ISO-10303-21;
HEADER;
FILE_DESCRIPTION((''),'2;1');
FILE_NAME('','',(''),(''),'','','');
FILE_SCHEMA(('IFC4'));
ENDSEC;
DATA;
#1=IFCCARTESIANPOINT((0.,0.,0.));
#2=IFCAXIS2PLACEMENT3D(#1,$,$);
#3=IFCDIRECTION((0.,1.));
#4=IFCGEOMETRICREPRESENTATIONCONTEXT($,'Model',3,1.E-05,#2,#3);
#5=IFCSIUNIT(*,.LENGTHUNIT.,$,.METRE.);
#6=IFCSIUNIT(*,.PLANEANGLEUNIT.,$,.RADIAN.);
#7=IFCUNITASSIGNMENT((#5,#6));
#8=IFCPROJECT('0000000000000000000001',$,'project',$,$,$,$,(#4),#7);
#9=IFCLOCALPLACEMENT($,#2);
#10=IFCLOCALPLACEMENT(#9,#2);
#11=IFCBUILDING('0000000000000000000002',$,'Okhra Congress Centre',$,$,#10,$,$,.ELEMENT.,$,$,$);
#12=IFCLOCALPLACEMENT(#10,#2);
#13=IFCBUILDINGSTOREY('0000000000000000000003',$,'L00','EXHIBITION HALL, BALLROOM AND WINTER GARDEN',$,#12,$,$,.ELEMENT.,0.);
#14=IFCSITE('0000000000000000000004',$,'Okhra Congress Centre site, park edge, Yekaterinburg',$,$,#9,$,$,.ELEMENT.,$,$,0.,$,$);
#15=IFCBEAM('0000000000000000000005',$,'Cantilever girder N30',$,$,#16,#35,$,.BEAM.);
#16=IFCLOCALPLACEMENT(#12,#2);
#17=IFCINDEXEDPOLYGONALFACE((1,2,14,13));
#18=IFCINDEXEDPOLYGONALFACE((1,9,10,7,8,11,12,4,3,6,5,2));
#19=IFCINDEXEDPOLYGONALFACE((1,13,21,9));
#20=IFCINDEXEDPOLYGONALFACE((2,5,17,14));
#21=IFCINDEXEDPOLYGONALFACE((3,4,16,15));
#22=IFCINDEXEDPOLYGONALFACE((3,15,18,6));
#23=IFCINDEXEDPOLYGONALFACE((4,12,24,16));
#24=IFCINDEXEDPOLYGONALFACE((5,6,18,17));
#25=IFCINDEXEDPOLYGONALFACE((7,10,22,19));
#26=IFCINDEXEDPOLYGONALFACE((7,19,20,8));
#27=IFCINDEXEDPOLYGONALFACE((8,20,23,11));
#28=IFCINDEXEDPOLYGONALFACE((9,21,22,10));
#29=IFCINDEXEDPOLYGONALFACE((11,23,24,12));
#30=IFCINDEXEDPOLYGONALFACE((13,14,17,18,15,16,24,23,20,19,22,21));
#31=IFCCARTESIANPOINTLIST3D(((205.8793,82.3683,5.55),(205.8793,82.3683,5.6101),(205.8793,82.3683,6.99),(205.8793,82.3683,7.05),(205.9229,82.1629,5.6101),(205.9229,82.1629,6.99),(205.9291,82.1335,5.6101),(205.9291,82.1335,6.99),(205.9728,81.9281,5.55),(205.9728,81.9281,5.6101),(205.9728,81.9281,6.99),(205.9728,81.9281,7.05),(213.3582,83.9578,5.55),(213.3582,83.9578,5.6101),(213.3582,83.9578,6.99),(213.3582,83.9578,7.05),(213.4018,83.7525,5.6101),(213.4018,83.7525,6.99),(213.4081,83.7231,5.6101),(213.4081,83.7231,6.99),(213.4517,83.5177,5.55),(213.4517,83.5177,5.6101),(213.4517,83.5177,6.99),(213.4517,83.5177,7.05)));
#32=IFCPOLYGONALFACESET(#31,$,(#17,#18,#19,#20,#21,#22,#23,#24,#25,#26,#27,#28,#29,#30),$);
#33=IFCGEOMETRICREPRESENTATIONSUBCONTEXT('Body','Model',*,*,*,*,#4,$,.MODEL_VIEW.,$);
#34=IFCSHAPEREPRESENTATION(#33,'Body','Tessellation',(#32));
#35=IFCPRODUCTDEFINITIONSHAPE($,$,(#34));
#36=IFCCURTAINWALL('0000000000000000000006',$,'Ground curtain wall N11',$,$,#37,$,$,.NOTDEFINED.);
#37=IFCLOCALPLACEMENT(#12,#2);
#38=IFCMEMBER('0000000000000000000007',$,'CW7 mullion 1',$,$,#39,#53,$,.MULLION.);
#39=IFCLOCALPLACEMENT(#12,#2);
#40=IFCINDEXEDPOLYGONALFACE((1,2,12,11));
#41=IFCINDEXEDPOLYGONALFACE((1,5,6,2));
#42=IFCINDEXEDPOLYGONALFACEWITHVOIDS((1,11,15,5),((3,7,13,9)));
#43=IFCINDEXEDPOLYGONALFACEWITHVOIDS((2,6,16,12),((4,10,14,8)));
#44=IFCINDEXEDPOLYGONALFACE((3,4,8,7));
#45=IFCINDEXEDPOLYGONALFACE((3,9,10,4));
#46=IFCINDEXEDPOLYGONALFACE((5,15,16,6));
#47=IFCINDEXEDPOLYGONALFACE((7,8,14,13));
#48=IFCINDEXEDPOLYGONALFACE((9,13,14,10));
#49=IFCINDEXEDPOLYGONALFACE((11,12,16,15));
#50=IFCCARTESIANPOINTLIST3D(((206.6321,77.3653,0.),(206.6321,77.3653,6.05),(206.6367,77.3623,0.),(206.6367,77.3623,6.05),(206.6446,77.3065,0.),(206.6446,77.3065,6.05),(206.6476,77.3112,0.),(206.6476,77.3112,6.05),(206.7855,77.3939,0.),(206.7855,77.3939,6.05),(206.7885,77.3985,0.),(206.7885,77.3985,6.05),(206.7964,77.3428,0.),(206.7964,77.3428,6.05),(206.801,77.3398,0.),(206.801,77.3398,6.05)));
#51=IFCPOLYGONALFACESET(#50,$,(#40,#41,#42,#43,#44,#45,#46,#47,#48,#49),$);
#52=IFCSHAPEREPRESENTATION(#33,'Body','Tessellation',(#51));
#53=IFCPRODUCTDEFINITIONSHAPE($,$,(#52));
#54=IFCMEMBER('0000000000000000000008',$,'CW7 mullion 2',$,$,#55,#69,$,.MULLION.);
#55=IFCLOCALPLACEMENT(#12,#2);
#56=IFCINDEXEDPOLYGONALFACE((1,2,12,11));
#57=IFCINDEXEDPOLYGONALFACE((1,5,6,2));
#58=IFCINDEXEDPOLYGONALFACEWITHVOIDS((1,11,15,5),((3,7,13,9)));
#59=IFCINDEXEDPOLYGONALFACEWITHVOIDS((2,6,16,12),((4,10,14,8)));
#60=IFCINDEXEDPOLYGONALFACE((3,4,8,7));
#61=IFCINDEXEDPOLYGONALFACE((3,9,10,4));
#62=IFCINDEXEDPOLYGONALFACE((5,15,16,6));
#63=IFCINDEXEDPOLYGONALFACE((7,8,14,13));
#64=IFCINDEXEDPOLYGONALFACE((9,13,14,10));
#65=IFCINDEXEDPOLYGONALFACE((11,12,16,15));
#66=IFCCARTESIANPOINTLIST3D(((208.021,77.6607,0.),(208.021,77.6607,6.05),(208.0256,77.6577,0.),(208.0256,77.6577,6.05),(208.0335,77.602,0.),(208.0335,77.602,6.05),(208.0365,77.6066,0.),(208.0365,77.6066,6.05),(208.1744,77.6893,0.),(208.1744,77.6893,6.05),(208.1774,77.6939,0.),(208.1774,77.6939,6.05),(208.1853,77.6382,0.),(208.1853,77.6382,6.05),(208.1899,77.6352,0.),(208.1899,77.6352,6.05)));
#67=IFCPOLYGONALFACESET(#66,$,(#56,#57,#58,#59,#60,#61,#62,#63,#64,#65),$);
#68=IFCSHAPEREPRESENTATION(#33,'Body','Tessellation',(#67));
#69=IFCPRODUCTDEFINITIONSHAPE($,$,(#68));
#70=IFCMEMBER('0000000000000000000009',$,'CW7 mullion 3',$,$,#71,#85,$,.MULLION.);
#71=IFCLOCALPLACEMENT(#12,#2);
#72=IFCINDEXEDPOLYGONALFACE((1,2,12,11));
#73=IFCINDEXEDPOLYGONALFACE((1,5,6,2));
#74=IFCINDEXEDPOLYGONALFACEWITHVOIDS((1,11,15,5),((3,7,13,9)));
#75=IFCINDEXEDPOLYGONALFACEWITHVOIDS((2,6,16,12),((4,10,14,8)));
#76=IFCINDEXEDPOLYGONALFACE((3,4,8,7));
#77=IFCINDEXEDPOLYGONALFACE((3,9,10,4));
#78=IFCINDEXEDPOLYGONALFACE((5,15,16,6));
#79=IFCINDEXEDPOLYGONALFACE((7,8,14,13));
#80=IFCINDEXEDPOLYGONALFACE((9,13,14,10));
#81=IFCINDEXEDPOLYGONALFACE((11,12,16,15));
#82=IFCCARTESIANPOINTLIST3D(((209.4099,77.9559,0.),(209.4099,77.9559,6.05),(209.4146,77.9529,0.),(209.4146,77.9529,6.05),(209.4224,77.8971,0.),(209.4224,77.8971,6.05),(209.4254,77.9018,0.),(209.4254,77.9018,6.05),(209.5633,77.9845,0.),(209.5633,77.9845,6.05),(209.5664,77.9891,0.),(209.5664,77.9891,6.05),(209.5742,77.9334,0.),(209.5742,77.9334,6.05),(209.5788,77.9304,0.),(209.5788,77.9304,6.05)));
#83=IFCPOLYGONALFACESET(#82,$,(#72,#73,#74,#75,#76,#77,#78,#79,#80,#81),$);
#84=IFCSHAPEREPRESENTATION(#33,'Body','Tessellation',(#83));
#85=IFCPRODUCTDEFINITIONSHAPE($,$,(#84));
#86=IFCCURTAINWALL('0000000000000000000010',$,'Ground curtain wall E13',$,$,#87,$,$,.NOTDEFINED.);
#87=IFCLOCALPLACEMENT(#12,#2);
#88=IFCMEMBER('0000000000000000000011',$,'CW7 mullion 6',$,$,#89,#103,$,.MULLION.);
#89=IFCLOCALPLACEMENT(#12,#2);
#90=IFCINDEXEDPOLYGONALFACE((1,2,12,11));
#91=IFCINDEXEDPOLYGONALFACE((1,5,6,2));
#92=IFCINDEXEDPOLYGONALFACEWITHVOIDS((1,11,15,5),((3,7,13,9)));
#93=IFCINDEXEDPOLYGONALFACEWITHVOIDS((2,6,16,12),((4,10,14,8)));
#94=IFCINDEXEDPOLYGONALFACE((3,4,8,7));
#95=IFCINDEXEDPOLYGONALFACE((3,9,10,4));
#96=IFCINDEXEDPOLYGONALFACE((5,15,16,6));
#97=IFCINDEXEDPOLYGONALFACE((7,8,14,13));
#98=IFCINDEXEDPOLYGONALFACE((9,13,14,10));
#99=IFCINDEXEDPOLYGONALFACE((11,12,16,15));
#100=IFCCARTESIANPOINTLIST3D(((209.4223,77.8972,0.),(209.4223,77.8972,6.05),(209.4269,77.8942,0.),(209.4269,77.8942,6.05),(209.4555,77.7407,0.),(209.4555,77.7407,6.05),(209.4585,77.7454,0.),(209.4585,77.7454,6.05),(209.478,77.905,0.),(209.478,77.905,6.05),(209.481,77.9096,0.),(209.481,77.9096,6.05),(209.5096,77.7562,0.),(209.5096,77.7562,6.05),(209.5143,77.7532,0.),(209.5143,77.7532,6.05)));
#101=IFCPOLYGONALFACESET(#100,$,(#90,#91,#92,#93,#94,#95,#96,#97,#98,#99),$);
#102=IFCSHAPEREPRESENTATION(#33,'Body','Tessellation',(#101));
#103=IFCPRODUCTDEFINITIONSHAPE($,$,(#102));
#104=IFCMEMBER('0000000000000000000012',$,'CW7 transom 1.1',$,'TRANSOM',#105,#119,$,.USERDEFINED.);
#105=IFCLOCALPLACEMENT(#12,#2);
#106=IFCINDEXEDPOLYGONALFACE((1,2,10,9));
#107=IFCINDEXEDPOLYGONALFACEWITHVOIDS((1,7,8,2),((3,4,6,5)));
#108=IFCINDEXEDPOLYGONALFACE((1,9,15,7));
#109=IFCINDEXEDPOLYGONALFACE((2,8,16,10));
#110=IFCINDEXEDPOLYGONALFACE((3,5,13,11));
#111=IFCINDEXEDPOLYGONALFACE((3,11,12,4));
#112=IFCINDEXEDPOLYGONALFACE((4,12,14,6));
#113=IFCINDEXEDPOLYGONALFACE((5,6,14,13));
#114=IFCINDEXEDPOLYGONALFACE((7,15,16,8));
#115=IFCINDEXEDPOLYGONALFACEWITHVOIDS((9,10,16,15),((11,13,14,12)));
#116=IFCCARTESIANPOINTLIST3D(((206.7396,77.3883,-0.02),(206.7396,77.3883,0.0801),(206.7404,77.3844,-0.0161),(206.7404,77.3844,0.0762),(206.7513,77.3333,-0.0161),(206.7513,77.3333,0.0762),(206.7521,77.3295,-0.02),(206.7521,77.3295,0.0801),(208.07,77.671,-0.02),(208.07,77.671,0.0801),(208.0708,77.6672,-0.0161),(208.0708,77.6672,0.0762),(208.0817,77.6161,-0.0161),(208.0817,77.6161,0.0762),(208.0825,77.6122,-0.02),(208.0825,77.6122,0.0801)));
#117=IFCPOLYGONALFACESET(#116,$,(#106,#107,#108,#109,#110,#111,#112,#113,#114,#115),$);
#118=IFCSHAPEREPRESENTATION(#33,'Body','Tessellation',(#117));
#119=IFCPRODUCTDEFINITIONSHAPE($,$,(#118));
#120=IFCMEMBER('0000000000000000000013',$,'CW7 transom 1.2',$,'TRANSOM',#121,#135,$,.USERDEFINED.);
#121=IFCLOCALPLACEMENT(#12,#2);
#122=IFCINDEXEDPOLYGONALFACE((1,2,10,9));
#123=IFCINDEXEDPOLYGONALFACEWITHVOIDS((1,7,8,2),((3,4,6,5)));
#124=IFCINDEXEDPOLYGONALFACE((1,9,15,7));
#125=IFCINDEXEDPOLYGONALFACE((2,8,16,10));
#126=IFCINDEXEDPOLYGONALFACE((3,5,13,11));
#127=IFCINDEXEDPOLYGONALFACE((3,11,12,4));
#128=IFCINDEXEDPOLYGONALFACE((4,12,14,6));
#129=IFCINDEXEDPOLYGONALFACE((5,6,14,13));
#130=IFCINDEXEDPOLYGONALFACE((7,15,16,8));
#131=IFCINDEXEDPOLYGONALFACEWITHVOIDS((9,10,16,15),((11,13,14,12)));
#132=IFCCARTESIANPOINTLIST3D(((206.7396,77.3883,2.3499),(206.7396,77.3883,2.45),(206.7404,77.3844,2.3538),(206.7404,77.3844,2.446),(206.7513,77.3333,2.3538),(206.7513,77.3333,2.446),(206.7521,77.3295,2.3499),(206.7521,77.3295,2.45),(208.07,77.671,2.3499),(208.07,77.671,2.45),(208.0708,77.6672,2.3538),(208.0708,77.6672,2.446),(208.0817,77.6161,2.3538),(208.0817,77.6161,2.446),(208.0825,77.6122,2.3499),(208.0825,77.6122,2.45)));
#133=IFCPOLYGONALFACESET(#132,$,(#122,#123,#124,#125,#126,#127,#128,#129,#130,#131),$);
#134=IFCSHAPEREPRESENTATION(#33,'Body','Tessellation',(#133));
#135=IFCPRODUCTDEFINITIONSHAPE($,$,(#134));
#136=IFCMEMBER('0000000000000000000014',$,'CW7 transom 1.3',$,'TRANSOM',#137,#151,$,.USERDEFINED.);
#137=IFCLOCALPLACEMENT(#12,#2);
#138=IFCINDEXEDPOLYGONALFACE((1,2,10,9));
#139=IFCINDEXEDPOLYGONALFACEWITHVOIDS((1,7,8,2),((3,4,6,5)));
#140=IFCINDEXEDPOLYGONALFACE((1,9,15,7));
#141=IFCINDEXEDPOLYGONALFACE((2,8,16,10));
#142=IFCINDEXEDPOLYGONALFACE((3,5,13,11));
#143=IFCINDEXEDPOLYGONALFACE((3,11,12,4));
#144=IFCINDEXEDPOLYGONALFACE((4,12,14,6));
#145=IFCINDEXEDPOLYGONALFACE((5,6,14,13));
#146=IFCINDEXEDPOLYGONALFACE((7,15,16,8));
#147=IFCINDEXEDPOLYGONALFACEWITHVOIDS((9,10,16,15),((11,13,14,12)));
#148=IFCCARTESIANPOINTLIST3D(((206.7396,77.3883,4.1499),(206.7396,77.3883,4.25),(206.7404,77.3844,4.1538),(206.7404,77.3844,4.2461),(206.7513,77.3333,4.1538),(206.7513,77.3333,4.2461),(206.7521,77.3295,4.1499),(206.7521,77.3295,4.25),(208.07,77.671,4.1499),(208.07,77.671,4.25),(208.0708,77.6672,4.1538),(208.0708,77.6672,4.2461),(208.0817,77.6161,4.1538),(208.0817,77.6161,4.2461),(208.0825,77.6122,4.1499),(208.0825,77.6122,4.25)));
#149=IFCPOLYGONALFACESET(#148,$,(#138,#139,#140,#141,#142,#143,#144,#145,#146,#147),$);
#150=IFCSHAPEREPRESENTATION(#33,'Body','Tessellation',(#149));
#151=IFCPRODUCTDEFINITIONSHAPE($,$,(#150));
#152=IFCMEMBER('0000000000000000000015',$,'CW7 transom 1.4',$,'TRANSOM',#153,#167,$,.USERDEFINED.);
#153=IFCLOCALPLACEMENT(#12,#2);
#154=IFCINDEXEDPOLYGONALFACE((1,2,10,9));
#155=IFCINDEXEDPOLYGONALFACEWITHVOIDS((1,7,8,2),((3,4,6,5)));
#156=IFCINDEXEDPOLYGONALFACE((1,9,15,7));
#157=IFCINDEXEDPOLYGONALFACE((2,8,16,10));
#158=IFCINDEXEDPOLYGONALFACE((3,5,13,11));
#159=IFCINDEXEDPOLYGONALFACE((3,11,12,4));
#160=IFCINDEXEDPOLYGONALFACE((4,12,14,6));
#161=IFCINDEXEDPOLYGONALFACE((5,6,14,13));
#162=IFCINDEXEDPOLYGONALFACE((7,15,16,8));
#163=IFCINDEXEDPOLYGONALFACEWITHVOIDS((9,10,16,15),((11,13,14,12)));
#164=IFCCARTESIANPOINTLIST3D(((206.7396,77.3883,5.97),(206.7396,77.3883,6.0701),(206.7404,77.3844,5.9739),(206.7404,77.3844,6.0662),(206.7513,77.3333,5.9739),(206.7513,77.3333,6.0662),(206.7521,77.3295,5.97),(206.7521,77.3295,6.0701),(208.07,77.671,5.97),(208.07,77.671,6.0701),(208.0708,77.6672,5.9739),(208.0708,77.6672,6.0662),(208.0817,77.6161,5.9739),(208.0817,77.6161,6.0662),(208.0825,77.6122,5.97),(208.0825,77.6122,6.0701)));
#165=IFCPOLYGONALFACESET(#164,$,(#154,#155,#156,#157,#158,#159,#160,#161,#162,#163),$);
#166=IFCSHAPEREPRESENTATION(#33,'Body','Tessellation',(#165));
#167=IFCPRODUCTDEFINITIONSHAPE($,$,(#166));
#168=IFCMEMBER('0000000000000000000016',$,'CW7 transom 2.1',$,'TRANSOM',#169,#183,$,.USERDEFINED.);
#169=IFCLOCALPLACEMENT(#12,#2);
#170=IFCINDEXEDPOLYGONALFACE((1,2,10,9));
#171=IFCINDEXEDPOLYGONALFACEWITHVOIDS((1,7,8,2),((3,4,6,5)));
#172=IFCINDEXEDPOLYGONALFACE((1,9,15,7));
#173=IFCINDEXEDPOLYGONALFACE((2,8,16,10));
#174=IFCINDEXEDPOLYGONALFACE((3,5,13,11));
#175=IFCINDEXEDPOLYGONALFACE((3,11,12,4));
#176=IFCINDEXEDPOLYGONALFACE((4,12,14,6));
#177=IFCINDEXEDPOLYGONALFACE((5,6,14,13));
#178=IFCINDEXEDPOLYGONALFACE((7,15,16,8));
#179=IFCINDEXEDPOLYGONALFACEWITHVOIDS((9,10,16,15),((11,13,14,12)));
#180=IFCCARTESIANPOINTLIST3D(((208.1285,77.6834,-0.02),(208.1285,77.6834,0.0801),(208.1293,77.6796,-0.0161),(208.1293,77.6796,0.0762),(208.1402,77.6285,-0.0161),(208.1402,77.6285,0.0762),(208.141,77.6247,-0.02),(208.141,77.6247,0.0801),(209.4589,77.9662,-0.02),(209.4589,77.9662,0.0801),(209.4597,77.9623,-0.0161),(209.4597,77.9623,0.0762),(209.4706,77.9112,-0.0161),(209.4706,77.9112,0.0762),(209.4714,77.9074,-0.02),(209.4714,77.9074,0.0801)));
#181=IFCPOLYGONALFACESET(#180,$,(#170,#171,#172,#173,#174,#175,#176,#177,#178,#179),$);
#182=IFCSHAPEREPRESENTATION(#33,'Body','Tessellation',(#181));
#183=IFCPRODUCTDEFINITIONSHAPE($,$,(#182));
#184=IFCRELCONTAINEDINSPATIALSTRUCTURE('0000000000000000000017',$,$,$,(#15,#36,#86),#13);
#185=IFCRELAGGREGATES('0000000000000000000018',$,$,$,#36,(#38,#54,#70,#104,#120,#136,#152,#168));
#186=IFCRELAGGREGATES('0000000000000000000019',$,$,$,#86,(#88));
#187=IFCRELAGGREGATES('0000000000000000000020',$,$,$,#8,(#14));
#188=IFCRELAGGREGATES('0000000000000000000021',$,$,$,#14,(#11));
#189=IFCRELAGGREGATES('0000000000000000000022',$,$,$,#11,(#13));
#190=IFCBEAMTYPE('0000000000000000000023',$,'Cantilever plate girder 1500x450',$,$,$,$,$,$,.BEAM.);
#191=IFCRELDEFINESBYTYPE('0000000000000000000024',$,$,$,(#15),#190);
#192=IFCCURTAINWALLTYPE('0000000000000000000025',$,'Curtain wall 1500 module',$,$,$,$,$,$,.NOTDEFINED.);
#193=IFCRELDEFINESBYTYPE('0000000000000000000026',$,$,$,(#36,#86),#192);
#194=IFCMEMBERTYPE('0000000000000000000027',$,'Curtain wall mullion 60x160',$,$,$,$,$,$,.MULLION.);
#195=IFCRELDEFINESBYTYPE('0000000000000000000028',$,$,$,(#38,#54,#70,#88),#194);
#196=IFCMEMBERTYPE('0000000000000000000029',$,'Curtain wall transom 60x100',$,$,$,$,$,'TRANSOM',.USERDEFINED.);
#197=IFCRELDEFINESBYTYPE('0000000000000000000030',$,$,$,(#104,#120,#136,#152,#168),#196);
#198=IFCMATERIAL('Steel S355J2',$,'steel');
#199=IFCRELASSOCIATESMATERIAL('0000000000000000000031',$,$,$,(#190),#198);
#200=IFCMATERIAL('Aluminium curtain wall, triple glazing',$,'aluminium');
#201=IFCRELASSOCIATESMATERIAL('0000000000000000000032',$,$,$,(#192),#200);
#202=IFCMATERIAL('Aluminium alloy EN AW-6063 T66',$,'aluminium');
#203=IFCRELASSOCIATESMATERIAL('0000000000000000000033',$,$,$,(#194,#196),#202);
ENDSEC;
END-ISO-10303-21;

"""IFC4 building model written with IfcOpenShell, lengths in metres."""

from ifc_helpers import new_model, si_unit, direction, frame, origin, origin_2d, place, context, subcontext, project, spatial, hollow_rectangle, i_section, extrude, material, material_profile, profile_set, type_object, element, aggregate, save


model = new_model("IFC4")

# Units and contexts
model_context = context("Model", 3, precision=1e-05, world=origin(), true_north=direction((0.0, 1.0)))
body_context = subcontext(model_context, "Body", "Model", "MODEL_VIEW")
ifc_project = project(units=[si_unit("LENGTHUNIT", "METRE"), si_unit("PLANEANGLEUNIT", "RADIAN")], contexts=[model_context])

# Site, building, storey
site_placement = place(None, origin())
site = spatial("IfcSite", under=ifc_project, at=site_placement, Name="Okhra Congress Centre site, park edge, Yekaterinburg", CompositionType="ELEMENT", RefElevation=0.0)
building_placement = place(site_placement, origin())
building = spatial("IfcBuilding", under=site, at=building_placement, Name="Okhra Congress Centre", CompositionType="ELEMENT")
storey_placement = place(building_placement, origin())
storey = spatial("IfcBuildingStorey", under=building, at=storey_placement, Name="L00", Description="EXHIBITION HALL, BALLROOM AND WINTER GARDEN", CompositionType="ELEMENT", Elevation=0.0)

# Beam
ifc_material_1 = material(Name="Steel S355J2", Category="steel")
ifc_material_profile_1 = material_profile(ifc_material_1, i_section(OverallWidth=0.45, OverallDepth=1.5, WebThickness=0.03, FlangeThickness=0.0601, at=origin_2d()), Name="Plate girder 1500x450")
ifc_profile_set_1 = profile_set([ifc_material_profile_1], Name="Steel S355J2")
beam_type = type_object("IfcBeamType", Name="Cantilever plate girder 1500x450", PredefinedType="BEAM", material=ifc_profile_set_1)
beam_placement = place(storey_placement, frame((205.926, 82.1482, 6.3), z_axis=(0.978151, 0.207898, 0.0), x_axis=(-0.207898, 0.978151, 0.0)))
element("IfcBeam", 1, at=beam_placement, inside=storey, type_object=beam_type, Name="Cantilever girder N30", PredefinedType="BEAM", context=body_context, shape_type="SweptSolid", body=[
    extrude(i_section(OverallWidth=0.45, OverallDepth=1.5, WebThickness=0.03, FlangeThickness=0.0601, at=origin_2d()), origin(), (0.0, 0.0, 1.0), 7.646),
])

# Curtain wall, members
ifc_material_2 = material(Name="Aluminium curtain wall, triple glazing", Category="aluminium")
curtain_wall_type = type_object("IfcCurtainWallType", Name="Curtain wall 1500 module", PredefinedType="NOTDEFINED", material=ifc_material_2)
curtain_wall_1_placement = place(storey_placement, origin())
curtain_wall_1 = element("IfcCurtainWall", 2, at=curtain_wall_1_placement, inside=storey, type_object=curtain_wall_type, Name="Ground curtain wall N11", PredefinedType="NOTDEFINED")
ifc_material_3 = material(Name="Aluminium alloy EN AW-6063 T66", Category="aluminium")
ifc_material_profile_2 = material_profile(ifc_material_3, hollow_rectangle(XDim=0.0601, YDim=0.1599, WallThickness=0.0039, at=origin_2d()), Name="RHS 60x160x4")
ifc_profile_set_2 = profile_set([ifc_material_profile_2], Name="Aluminium alloy EN AW-6063 T66")
member_type_1 = type_object("IfcMemberType", Name="Curtain wall mullion 60x160", PredefinedType="MULLION", material=ifc_profile_set_2)
member_1_placement = place(storey_placement, frame((206.7166, 77.3525, 0.0), z_axis=(0.0, 0.0, 1.0), x_axis=(-0.207912, 0.978148, 0.0)))
member_1 = element("IfcMember", 3, at=member_1_placement, type_object=member_type_1, Name="CW7 mullion 1", PredefinedType="MULLION", context=body_context, shape_type="SweptSolid", body=[
    extrude(hollow_rectangle(XDim=0.0601, YDim=0.1599, WallThickness=0.0039, at=origin_2d()), origin(), (0.0, 0.0, 1.0), 6.05),
])
member_2_placement = place(storey_placement, frame((208.1055, 77.6479, 0.0), z_axis=(0.0, 0.0, 1.0), x_axis=(-0.207912, 0.978148, 0.0)))
member_2 = element("IfcMember", 4, at=member_2_placement, type_object=member_type_1, Name="CW7 mullion 2", PredefinedType="MULLION", context=body_context, shape_type="SweptSolid", body=[
    extrude(hollow_rectangle(XDim=0.0601, YDim=0.1599, WallThickness=0.0039, at=origin_2d()), origin(), (0.0, 0.0, 1.0), 6.05),
])
member_3_placement = place(storey_placement, frame((209.4944, 77.9431, 0.0), z_axis=(0.0, 0.0, 1.0), x_axis=(-0.207912, 0.978148, 0.0)))
member_3 = element("IfcMember", 5, at=member_3_placement, type_object=member_type_1, Name="CW7 mullion 3", PredefinedType="MULLION", context=body_context, shape_type="SweptSolid", body=[
    extrude(hollow_rectangle(XDim=0.0601, YDim=0.1599, WallThickness=0.0039, at=origin_2d()), origin(), (0.0, 0.0, 1.0), 6.05),
])

# Curtain wall, member
curtain_wall_2_placement = place(storey_placement, origin())
curtain_wall_2 = element("IfcCurtainWall", 6, at=curtain_wall_2_placement, inside=storey, type_object=curtain_wall_type, Name="Ground curtain wall E13", PredefinedType="NOTDEFINED")
member_4_placement = place(storey_placement, frame((209.4683, 77.8252, 0.0), z_axis=(0.0, 0.0, 1.0), x_axis=(-0.978148, -0.207912, 0.0)))
member_4 = element("IfcMember", 7, at=member_4_placement, type_object=member_type_1, Name="CW7 mullion 6", PredefinedType="MULLION", context=body_context, shape_type="SweptSolid", body=[
    extrude(hollow_rectangle(XDim=0.0601, YDim=0.1599, WallThickness=0.0039, at=origin_2d()), origin(), (0.0, 0.0, 1.0), 6.05),
])

# Members
ifc_material_profile_3 = material_profile(ifc_material_3, hollow_rectangle(XDim=0.0601, YDim=0.1001, WallThickness=0.0039, at=origin_2d()), Name="RHS 60x100x4")
ifc_profile_set_3 = profile_set([ifc_material_profile_3], Name="Aluminium alloy EN AW-6063 T66")
member_type_2 = type_object("IfcMemberType", Name="Curtain wall transom 60x100", ElementType="TRANSOM", PredefinedType="USERDEFINED", material=ifc_profile_set_3)
member_5_placement = place(storey_placement, frame((206.7458, 77.3589, 0.03), z_axis=(0.978156, 0.207874, 0.0), x_axis=(-0.207874, 0.978156, 0.0)))
member_5 = element("IfcMember", 8, at=member_5_placement, type_object=member_type_2, Name="CW7 transom 1.1", ObjectType="TRANSOM", PredefinedType="USERDEFINED", context=body_context, shape_type="SweptSolid", body=[
    extrude(hollow_rectangle(XDim=0.0601, YDim=0.1001, WallThickness=0.0039, at=origin_2d()), origin(), (0.0, 0.0, 1.0), 1.3601),
])
member_6_placement = place(storey_placement, frame((206.7458, 77.3589, 2.3999), z_axis=(0.978156, 0.207874, 0.0), x_axis=(-0.207874, 0.978156, 0.0)))
member_6 = element("IfcMember", 9, at=member_6_placement, type_object=member_type_2, Name="CW7 transom 1.2", ObjectType="TRANSOM", PredefinedType="USERDEFINED", context=body_context, shape_type="SweptSolid", body=[
    extrude(hollow_rectangle(XDim=0.0601, YDim=0.1001, WallThickness=0.0039, at=origin_2d()), origin(), (0.0, 0.0, 1.0), 1.3601),
])
member_7_placement = place(storey_placement, frame((206.7458, 77.3589, 4.2), z_axis=(0.978156, 0.207874, 0.0), x_axis=(-0.207874, 0.978156, 0.0)))
member_7 = element("IfcMember", 10, at=member_7_placement, type_object=member_type_2, Name="CW7 transom 1.3", ObjectType="TRANSOM", PredefinedType="USERDEFINED", context=body_context, shape_type="SweptSolid", body=[
    extrude(hollow_rectangle(XDim=0.0601, YDim=0.1001, WallThickness=0.0039, at=origin_2d()), origin(), (0.0, 0.0, 1.0), 1.3601),
])
member_8_placement = place(storey_placement, frame((206.7458, 77.3589, 6.02), z_axis=(0.978156, 0.207874, 0.0), x_axis=(-0.207874, 0.978156, 0.0)))
member_8 = element("IfcMember", 11, at=member_8_placement, type_object=member_type_2, Name="CW7 transom 1.4", ObjectType="TRANSOM", PredefinedType="USERDEFINED", context=body_context, shape_type="SweptSolid", body=[
    extrude(hollow_rectangle(XDim=0.0601, YDim=0.1001, WallThickness=0.0039, at=origin_2d()), origin(), (0.0, 0.0, 1.0), 1.3601),
])
member_9_placement = place(storey_placement, frame((208.1348, 77.6541, 0.03), z_axis=(0.978156, 0.207874, 0.0), x_axis=(-0.207874, 0.978156, 0.0)))
member_9 = element("IfcMember", 12, at=member_9_placement, type_object=member_type_2, Name="CW7 transom 2.1", ObjectType="TRANSOM", PredefinedType="USERDEFINED", context=body_context, shape_type="SweptSolid", body=[
    extrude(hollow_rectangle(XDim=0.0601, YDim=0.1001, WallThickness=0.0039, at=origin_2d()), origin(), (0.0, 0.0, 1.0), 1.3601),
])

aggregate(curtain_wall_1, [member_1, member_2, member_3, member_5, member_6, member_7, member_8, member_9])
aggregate(curtain_wall_2, [member_4])

save(model, "model.ifc")
